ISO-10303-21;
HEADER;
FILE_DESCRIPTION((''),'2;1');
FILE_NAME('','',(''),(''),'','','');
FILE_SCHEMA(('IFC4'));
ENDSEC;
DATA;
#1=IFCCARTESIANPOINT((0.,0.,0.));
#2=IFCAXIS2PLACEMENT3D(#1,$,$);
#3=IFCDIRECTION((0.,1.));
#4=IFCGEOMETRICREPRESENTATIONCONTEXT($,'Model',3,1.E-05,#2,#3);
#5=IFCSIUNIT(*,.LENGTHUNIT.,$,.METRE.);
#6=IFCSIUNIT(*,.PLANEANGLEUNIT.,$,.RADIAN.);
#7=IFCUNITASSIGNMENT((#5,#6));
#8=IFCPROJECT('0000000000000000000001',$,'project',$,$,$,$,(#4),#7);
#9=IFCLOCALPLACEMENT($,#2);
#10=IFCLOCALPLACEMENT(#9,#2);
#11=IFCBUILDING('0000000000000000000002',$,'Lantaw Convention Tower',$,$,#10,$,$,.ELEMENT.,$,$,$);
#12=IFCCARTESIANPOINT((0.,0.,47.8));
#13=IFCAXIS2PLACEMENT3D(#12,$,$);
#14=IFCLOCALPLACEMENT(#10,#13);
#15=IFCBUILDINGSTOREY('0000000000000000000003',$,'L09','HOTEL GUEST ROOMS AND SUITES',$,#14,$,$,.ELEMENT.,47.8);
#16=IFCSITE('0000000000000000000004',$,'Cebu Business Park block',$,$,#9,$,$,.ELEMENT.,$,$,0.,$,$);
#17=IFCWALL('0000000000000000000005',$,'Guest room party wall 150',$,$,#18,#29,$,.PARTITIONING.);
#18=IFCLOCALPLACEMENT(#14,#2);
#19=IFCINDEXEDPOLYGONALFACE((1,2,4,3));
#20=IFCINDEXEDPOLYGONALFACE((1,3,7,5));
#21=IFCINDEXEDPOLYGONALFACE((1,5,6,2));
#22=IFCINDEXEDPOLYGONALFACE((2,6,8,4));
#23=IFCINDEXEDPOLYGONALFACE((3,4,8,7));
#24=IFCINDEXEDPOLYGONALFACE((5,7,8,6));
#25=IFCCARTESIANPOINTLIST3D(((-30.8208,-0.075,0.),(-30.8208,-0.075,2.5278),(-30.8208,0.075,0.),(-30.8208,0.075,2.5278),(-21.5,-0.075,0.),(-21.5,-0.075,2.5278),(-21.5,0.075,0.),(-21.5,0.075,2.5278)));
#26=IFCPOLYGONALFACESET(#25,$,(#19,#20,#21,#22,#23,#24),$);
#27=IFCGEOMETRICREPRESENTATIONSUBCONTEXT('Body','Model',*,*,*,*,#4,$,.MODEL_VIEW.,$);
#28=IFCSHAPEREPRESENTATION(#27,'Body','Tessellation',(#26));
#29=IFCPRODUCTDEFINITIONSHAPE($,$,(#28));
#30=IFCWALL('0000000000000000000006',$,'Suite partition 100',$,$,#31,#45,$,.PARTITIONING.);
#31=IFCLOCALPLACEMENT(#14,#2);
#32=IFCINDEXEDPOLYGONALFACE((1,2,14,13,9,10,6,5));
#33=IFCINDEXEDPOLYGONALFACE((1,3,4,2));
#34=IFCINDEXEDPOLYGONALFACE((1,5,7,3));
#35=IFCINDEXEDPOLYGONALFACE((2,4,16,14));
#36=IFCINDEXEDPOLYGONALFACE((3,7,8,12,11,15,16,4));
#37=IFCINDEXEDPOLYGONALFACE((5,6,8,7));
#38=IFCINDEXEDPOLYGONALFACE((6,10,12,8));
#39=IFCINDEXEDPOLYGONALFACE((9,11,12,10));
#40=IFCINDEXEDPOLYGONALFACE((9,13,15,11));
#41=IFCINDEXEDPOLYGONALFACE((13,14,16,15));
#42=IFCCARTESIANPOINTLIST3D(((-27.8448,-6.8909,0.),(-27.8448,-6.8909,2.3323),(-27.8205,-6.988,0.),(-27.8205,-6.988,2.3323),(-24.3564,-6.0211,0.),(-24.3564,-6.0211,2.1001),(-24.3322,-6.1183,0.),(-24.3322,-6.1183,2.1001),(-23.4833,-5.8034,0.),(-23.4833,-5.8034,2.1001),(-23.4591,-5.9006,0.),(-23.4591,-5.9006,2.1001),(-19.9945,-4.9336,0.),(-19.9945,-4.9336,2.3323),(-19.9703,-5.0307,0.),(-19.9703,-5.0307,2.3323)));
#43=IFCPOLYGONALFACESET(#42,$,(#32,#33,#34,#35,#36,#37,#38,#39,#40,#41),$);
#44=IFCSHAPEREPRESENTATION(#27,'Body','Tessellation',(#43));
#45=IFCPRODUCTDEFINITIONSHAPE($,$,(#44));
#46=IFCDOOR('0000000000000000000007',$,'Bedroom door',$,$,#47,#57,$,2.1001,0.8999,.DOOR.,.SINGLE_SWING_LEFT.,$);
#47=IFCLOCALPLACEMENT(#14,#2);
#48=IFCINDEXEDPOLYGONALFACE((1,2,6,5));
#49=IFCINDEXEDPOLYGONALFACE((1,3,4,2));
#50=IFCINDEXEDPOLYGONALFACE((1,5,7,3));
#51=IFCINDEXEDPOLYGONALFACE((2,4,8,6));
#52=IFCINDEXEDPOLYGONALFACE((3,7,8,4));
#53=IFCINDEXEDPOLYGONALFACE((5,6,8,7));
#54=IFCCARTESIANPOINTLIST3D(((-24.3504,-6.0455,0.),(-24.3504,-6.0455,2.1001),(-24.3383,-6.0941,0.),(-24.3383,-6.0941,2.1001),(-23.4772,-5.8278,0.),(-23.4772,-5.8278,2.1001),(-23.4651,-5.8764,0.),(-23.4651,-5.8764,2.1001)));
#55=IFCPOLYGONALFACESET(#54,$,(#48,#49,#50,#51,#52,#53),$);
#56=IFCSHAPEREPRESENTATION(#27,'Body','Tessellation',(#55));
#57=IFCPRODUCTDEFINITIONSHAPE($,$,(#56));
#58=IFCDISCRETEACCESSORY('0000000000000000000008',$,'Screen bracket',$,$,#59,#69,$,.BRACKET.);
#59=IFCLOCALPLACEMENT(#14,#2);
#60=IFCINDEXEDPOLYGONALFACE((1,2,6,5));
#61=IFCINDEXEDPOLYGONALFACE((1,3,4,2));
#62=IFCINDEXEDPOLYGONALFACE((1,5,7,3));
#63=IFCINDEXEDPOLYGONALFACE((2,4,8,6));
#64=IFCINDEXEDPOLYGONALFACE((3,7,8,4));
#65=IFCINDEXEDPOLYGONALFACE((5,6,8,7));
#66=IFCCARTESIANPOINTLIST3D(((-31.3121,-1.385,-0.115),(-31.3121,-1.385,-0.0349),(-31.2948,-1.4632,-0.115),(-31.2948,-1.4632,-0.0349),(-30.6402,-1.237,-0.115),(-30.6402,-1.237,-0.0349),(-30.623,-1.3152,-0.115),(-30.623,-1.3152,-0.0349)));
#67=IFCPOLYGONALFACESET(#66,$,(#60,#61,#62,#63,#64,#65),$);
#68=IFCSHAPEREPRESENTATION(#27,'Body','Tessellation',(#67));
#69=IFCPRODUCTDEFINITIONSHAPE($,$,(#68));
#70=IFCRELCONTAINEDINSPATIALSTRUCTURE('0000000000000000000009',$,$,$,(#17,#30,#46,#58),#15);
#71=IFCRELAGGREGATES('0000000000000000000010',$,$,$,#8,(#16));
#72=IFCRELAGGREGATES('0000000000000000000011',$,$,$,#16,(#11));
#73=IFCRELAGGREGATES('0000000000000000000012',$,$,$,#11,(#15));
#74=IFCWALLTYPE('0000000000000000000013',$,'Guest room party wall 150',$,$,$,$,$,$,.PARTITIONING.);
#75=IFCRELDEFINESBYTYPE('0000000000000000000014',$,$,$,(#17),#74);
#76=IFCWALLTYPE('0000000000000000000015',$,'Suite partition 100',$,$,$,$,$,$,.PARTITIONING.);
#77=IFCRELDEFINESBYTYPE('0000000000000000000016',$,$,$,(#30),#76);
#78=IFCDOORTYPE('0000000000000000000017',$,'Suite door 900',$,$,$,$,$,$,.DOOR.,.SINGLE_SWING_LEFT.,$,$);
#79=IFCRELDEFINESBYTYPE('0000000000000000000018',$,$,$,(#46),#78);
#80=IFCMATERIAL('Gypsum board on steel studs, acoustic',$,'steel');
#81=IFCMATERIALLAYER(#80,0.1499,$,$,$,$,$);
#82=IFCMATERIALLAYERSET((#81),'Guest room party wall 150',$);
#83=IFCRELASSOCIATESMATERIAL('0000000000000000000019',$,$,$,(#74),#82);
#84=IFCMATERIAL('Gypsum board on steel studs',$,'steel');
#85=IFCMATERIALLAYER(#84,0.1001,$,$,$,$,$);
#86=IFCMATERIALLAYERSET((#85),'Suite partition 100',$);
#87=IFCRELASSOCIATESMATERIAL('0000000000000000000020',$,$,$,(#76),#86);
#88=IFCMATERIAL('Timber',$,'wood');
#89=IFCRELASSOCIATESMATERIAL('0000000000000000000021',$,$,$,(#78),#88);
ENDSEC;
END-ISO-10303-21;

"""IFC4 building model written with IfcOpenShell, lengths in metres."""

from ifc_helpers import new_model, si_unit, direction, frame, frame_2d, origin, origin_2d, place, context, subcontext, project, spatial, rectangle, extrude, material, layer, layer_set, type_object, element, fill, save


model = new_model("IFC4")

# Units and contexts
model_context = context("Model", 3, precision=1e-05, world=origin(), true_north=direction((0.0, 1.0)))
body_context = subcontext(model_context, "Body", "Model", "MODEL_VIEW")
ifc_project = project(units=[si_unit("LENGTHUNIT", "METRE"), si_unit("PLANEANGLEUNIT", "RADIAN")], contexts=[model_context])

# Site, building, storey
site_placement = place(None, origin())
site = spatial("IfcSite", under=ifc_project, at=site_placement, Name="Cebu Business Park block", CompositionType="ELEMENT", RefElevation=0.0)
building_placement = place(site_placement, origin())
building = spatial("IfcBuilding", under=site, at=building_placement, Name="Lantaw Convention Tower", CompositionType="ELEMENT")
storey_placement = place(building_placement, frame((0.0, 0.0, 47.8)))
storey = spatial("IfcBuildingStorey", under=building, at=storey_placement, Name="L09", Description="HOTEL GUEST ROOMS AND SUITES", CompositionType="ELEMENT", Elevation=47.8)

# Shared definitions
ifc_material_1 = material(Name="Timber", Category="wood")

# Wall
ifc_material_2 = material(Name="Gypsum board on steel studs, acoustic", Category="steel")
ifc_layer_1 = layer(ifc_material_2, 0.1499)
ifc_layer_set_1 = layer_set([ifc_layer_1], Name="Guest room party wall 150")
wall_type_1 = type_object("IfcWallType", Name="Guest room party wall 150", PredefinedType="PARTITIONING", material=ifc_layer_set_1)
wall_1_placement = place(storey_placement, frame((-30.8208, 0.0, 0.0), z_axis=(0.0, 0.0, 1.0), x_axis=(1.0, 0.0, 0.0)))
element("IfcWall", 1, at=wall_1_placement, inside=storey, type_object=wall_type_1, Name="Guest room party wall 150", PredefinedType="PARTITIONING", context=body_context, shape_type="SweptSolid", body=[
    extrude(rectangle(XDim=9.3208, YDim=0.1499, at=frame_2d((4.6604, 0.0))), origin(), (0.0, 0.0, 1.0), 2.5278),
])

# Wall, opening, door
ifc_material_3 = material(Name="Gypsum board on steel studs", Category="steel")
ifc_layer_2 = layer(ifc_material_3, 0.1001)
ifc_layer_set_2 = layer_set([ifc_layer_2], Name="Suite partition 100")
wall_type_2 = type_object("IfcWallType", Name="Suite partition 100", PredefinedType="PARTITIONING", material=ifc_layer_set_2)
wall_2_placement = place(storey_placement, frame((-27.8328, -6.9395, 0.0), z_axis=(0.0, 0.0, 1.0), x_axis=(0.970297, 0.241918, 0.0)))
wall_2 = element("IfcWall", 2, at=wall_2_placement, inside=storey, type_object=wall_type_2, Name="Suite partition 100", PredefinedType="PARTITIONING", context=body_context, shape_type="SweptSolid", body=[
    extrude(rectangle(XDim=8.0906, YDim=0.1001, at=frame_2d((4.0454, 0.0))), origin(), (0.0, 0.0, 1.0), 2.3323),
])
opening_1_placement = place(wall_2_placement, frame((3.5952, 0.0, 0.0)))
opening_1 = element("IfcOpeningElement", 3, at=opening_1_placement, cuts=wall_2, PredefinedType="OPENING", context=body_context, shape_type="SweptSolid", body=[
    extrude(rectangle(XDim=0.8999, YDim=2.1001, at=frame_2d((0.45, 1.05))), frame((0.0, 0.0601, 0.0), z_axis=(0.0, -1.0, 0.0), x_axis=(1.0, 0.0, 0.0)), (0.0, 0.0, 1.0), 0.1201),
])
door_type_1 = type_object("IfcDoorType", Name="Suite door 900", OperationType="SINGLE_SWING_LEFT", PredefinedType="DOOR", material=ifc_material_1)
door_1_placement = place(opening_1_placement, origin())
door_1 = element("IfcDoor", 4, at=door_1_placement, inside=storey, type_object=door_type_1, Name="Bedroom door", OperationType="SINGLE_SWING_LEFT", OverallHeight=2.1001, OverallWidth=0.8999, PredefinedType="DOOR", context=body_context, shape_type="SweptSolid", body=[
    extrude(rectangle(XDim=0.8999, YDim=2.1001, at=frame_2d((0.45, 1.05))), frame((0.0, 0.0249, 0.0), z_axis=(0.0, -1.0, 0.0), x_axis=(1.0, 0.0, 0.0)), (0.0, 0.0, 1.0), 0.05),
])
fill(opening_1, door_1)

# Discrete accessory
discrete_accessory_placement = place(storey_placement, frame((-30.9675, -1.3501, -0.115), z_axis=(0.0, 0.0, 1.0), x_axis=(0.215246, -0.97656, 0.0)))
element("IfcDiscreteAccessory", 5, at=discrete_accessory_placement, inside=storey, Name="Screen bracket", PredefinedType="BRACKET", context=body_context, shape_type="SweptSolid", body=[
    extrude(rectangle(XDim=0.0801, YDim=0.688, at=origin_2d()), origin(), (0.0, 0.0, 1.0), 0.0801),
])

save(model, "model.ifc")
